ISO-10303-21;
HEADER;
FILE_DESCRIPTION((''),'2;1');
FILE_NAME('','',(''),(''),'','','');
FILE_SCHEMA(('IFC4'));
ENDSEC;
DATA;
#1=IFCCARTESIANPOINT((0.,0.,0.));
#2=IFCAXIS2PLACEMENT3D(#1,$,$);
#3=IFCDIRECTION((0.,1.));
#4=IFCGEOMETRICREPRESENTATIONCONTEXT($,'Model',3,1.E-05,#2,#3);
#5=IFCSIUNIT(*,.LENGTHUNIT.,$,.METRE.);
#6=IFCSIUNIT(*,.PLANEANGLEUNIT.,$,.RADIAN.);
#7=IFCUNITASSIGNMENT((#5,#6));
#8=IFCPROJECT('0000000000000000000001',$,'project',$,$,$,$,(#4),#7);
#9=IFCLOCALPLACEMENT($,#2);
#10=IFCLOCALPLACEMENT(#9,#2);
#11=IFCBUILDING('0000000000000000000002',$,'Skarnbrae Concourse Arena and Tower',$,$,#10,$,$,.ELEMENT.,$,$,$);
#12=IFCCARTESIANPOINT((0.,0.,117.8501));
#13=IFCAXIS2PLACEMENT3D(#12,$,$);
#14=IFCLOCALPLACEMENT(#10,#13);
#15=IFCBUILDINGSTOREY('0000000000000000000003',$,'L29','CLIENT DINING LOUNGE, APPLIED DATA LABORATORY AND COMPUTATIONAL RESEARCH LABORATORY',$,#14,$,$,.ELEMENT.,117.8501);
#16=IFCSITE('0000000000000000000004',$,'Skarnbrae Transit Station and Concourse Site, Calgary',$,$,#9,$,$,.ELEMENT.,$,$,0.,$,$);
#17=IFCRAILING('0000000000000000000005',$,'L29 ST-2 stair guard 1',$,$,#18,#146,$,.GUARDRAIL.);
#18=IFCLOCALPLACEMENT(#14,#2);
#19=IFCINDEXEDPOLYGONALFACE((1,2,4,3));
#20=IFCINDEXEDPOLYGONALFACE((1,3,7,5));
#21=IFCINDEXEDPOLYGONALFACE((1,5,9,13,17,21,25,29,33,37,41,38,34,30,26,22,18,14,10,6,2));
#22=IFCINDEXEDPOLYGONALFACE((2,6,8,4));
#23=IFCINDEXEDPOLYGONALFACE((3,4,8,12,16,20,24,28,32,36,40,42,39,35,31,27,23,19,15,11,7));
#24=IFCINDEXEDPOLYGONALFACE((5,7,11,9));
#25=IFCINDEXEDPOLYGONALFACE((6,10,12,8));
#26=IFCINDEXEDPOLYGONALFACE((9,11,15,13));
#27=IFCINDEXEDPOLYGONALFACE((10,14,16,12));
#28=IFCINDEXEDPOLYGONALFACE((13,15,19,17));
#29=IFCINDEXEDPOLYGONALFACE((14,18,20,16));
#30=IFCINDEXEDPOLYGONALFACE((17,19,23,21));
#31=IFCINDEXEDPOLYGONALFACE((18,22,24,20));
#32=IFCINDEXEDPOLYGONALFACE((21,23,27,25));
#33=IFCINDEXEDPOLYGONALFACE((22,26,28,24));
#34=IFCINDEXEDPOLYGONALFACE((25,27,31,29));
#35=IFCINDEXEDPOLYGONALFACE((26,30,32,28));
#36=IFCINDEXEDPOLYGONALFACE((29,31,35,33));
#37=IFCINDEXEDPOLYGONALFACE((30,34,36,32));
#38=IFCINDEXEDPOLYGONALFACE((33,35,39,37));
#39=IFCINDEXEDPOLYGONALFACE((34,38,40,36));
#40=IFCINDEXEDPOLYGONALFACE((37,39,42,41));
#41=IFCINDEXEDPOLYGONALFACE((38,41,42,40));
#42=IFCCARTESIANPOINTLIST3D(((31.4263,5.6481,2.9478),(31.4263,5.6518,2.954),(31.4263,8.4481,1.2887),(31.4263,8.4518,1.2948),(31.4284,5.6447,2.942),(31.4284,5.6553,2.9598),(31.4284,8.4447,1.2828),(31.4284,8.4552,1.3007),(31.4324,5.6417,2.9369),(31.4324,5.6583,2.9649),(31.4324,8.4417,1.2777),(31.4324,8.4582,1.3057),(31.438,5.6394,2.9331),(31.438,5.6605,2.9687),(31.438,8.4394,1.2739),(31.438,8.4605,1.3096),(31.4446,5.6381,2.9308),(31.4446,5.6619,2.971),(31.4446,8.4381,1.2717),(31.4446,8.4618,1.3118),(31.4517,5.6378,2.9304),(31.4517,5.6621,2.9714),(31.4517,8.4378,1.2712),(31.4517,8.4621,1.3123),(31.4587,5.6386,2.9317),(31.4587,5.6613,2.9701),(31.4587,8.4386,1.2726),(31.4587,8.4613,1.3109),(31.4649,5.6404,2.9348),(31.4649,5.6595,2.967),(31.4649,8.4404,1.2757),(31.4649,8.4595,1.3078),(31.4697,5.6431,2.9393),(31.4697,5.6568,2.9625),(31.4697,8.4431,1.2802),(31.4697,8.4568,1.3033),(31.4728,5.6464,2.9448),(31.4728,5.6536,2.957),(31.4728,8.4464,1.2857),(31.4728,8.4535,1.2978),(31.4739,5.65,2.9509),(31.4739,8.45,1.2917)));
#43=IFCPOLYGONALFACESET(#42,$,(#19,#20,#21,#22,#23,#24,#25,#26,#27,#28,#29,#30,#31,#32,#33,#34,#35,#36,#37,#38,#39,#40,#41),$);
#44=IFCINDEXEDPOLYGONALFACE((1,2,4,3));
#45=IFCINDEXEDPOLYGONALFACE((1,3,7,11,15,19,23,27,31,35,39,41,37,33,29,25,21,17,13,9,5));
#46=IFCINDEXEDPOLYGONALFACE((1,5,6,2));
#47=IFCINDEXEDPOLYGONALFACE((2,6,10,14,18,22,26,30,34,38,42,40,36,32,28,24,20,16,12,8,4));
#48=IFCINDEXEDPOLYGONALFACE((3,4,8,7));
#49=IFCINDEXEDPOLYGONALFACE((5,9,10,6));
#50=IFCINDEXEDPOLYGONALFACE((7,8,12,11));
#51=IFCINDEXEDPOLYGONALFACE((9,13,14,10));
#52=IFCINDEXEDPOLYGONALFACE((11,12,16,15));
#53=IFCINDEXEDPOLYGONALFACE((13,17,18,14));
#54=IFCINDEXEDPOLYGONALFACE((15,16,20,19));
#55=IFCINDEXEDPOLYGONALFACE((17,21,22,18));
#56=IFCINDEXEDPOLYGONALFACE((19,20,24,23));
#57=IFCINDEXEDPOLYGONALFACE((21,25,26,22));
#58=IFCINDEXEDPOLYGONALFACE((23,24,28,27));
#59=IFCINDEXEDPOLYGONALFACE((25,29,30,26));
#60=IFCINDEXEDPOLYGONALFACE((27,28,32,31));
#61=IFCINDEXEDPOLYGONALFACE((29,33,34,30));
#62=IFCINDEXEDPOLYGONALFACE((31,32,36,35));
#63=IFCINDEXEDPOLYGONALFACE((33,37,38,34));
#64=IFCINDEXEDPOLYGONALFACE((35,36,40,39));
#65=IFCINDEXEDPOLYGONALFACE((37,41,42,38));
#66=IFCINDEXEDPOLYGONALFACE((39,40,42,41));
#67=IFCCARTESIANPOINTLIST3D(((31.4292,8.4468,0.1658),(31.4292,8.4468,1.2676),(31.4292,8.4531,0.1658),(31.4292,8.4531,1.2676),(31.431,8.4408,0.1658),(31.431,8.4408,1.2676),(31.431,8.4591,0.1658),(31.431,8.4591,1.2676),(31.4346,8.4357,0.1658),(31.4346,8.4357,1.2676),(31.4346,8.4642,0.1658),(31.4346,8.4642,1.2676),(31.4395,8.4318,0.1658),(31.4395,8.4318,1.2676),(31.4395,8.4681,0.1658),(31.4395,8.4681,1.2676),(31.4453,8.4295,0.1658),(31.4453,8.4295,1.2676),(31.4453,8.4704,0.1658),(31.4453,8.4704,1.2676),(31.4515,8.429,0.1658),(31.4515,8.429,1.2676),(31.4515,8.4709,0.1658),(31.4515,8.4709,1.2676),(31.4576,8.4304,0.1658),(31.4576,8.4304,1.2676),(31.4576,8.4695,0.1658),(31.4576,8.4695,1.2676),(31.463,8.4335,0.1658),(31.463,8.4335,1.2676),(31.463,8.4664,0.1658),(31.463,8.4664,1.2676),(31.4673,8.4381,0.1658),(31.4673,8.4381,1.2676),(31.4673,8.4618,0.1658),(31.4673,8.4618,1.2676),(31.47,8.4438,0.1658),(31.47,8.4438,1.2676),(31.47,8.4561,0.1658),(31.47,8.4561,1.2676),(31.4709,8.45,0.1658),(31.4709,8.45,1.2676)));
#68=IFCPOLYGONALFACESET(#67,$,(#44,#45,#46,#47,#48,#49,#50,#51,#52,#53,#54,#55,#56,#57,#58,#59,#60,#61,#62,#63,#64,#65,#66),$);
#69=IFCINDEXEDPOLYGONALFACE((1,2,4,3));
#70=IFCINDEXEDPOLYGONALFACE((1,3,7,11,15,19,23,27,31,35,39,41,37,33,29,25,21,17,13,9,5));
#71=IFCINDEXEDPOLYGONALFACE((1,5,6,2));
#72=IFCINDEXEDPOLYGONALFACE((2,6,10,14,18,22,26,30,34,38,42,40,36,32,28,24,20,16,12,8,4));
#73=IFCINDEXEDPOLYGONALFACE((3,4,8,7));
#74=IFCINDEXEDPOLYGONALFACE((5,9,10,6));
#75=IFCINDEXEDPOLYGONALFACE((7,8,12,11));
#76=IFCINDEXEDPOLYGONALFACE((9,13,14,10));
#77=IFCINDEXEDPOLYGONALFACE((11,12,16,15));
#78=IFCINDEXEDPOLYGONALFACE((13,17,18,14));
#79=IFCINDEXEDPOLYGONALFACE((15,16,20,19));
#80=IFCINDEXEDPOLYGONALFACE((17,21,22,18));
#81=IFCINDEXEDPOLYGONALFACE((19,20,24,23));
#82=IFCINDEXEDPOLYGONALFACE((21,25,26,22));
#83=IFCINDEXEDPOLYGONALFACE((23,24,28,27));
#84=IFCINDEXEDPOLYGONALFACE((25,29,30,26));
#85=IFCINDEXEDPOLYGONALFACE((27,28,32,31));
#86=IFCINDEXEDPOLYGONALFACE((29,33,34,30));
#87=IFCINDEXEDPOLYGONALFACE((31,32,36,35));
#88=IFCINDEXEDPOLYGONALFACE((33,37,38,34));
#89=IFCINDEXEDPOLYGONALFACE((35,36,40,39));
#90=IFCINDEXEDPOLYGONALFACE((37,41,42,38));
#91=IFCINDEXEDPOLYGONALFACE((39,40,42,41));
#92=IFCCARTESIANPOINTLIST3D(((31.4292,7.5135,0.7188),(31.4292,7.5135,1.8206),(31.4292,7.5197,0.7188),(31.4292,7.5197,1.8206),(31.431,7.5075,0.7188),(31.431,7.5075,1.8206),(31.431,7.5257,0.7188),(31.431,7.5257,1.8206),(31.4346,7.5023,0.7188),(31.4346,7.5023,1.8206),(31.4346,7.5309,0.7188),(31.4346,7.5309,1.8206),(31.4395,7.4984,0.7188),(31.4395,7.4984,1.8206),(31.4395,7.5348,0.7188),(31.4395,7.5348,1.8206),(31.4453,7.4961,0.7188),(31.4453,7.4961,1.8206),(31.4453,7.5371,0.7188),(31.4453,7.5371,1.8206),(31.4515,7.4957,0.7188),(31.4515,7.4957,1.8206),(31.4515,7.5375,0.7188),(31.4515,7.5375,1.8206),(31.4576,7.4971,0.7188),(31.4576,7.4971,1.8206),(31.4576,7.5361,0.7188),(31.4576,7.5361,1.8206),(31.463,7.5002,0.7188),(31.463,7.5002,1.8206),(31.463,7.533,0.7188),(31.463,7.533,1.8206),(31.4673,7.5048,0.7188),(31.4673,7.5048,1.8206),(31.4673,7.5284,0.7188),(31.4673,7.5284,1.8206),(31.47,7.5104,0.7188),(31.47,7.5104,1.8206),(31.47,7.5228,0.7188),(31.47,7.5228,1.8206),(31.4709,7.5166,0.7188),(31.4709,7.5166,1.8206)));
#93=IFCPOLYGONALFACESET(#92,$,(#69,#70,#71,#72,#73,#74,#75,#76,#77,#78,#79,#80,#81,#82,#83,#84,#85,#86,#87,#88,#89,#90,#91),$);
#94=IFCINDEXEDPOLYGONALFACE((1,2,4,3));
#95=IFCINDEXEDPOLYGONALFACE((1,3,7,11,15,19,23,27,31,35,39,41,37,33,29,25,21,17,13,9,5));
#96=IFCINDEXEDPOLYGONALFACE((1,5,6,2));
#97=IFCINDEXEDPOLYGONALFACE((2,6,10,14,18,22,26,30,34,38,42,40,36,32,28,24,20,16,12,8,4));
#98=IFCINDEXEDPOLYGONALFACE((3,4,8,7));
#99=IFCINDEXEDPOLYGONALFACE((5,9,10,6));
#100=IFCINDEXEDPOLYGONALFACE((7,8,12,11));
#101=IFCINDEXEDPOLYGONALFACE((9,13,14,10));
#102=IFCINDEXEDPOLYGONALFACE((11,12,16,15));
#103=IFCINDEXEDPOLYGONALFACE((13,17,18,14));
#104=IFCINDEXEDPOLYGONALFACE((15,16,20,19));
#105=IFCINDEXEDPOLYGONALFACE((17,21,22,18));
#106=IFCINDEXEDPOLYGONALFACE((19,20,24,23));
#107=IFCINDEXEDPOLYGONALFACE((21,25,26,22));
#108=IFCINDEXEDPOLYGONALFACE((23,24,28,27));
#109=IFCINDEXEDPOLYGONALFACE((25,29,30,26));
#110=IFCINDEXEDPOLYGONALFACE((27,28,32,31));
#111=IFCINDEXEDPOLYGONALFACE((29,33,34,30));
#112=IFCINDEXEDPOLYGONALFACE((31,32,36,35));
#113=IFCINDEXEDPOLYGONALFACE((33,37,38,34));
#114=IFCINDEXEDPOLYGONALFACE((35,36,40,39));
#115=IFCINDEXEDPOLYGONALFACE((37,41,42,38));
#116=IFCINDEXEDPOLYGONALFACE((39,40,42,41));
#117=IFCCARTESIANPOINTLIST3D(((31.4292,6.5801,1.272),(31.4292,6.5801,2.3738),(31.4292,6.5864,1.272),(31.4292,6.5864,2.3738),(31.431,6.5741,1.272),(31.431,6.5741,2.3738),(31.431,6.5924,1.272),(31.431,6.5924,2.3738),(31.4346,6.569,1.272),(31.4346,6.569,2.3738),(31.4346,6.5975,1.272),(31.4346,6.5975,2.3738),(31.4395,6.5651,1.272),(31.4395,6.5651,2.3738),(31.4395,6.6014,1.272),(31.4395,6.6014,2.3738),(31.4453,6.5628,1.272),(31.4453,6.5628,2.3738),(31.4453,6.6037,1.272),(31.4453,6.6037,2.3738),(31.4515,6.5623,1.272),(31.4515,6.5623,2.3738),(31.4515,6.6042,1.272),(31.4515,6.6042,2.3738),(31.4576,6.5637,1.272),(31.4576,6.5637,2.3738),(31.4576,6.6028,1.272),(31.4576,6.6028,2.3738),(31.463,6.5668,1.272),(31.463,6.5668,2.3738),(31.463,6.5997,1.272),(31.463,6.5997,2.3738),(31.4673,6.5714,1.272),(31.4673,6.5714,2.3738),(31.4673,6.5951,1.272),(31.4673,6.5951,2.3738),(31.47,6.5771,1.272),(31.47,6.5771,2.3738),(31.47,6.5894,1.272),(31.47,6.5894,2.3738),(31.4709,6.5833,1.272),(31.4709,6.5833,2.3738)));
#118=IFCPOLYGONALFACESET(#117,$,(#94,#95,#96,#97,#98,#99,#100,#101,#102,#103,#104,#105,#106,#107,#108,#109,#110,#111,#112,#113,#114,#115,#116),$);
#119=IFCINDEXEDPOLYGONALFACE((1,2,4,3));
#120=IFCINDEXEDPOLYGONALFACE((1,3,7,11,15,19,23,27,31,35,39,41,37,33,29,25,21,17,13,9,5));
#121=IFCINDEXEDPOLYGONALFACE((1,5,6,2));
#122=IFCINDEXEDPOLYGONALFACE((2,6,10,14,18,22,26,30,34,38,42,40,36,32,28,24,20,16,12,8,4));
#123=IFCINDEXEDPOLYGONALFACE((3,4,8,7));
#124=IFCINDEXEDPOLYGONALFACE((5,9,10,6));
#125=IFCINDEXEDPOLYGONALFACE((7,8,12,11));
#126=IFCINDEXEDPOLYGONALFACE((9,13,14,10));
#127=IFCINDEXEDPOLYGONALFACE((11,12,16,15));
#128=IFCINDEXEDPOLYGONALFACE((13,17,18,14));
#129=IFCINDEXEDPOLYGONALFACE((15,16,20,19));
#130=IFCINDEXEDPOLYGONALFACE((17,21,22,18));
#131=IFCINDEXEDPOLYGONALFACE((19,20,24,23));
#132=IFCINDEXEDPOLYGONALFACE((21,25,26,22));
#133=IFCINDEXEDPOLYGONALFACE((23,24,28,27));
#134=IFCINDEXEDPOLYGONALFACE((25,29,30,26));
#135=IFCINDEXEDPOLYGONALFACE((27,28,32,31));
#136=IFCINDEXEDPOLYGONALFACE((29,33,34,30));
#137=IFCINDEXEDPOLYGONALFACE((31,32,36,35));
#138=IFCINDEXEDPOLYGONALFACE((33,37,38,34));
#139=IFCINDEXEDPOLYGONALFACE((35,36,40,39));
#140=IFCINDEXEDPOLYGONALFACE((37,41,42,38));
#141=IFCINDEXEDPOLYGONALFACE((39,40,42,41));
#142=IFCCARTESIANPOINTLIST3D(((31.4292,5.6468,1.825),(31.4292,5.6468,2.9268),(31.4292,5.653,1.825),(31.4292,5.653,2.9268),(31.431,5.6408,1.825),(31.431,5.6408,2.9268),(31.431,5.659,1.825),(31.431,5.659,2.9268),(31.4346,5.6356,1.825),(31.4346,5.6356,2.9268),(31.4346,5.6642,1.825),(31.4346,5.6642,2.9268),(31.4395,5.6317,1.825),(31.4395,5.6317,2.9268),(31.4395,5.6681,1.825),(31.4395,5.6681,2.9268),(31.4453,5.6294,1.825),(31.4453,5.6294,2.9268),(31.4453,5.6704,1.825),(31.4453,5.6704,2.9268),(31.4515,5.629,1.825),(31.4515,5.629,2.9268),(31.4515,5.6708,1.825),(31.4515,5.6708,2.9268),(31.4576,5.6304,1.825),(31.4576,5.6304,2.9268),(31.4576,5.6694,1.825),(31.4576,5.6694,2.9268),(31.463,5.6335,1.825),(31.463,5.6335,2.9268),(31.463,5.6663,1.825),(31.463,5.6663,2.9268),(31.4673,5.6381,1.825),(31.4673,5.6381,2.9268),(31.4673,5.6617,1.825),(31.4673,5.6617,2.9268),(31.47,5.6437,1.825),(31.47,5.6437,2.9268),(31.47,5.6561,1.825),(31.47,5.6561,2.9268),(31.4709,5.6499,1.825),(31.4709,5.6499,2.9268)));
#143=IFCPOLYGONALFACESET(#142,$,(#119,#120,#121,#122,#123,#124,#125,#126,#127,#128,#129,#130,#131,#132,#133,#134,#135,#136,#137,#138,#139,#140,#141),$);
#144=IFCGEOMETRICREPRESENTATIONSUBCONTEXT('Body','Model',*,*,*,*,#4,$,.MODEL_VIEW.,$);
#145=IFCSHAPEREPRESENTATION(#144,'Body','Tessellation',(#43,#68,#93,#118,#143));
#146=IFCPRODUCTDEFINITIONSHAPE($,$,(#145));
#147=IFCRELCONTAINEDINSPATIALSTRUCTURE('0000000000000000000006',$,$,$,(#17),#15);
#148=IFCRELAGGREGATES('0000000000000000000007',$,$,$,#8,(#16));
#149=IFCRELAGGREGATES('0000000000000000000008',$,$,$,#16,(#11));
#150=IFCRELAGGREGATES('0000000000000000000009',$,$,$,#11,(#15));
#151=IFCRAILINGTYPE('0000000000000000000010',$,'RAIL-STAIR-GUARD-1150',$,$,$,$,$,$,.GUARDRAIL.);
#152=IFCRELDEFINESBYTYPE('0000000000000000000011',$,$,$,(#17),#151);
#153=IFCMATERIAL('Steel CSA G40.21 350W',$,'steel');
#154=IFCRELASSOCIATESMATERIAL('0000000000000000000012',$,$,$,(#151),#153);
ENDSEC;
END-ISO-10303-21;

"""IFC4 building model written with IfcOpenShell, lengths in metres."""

from ifc_helpers import new_model, si_unit, direction, frame, origin, origin_2d, place, context, subcontext, project, spatial, circle, extrude, material, type_object, element, save


model = new_model("IFC4")

# Units and contexts
model_context = context("Model", 3, precision=1e-05, world=origin(), true_north=direction((0.0, 1.0)))
body_context = subcontext(model_context, "Body", "Model", "MODEL_VIEW")
ifc_project = project(units=[si_unit("LENGTHUNIT", "METRE"), si_unit("PLANEANGLEUNIT", "RADIAN")], contexts=[model_context])

# Site, building, storey
site_placement = place(None, origin())
site = spatial("IfcSite", under=ifc_project, at=site_placement, Name="Skarnbrae Transit Station and Concourse Site, Calgary", CompositionType="ELEMENT", RefElevation=0.0)
building_placement = place(site_placement, origin())
building = spatial("IfcBuilding", under=site, at=building_placement, Name="Skarnbrae Concourse Arena and Tower", CompositionType="ELEMENT")
storey_placement = place(building_placement, frame((0.0, 0.0, 117.8501)))
storey = spatial("IfcBuildingStorey", under=building, at=storey_placement, Name="L29", Description="CLIENT DINING LOUNGE, APPLIED DATA LABORATORY AND COMPUTATIONAL RESEARCH LABORATORY", CompositionType="ELEMENT", Elevation=117.8501)

# Shared definitions
ifc_material_1 = material(Name="Steel CSA G40.21 350W", Category="steel")

# Railing
railing_type_1 = type_object("IfcRailingType", Name="RAIL-STAIR-GUARD-1150", PredefinedType="GUARDRAIL", material=ifc_material_1)
railing_1_placement = place(storey_placement, frame((31.45, 8.45, 0.1658)))
element("IfcRailing", 1, at=railing_1_placement, inside=storey, type_object=railing_type_1, Name="L29 ST-2 stair guard 1", PredefinedType="GUARDRAIL", context=body_context, shape_type="SweptSolid", body=[
    extrude(circle(Radius=0.0239, at=origin_2d()), frame((0.0, 0.0, 1.126), z_axis=(0.0, -0.860306, 0.509778), x_axis=(1.0, 0.0, 0.0)), (0.0, 0.0, 1.0), 3.2546),
    extrude(circle(Radius=0.021, at=origin_2d()), origin(), (0.0, 0.0, 1.0), 1.1018),
    extrude(circle(Radius=0.021, at=origin_2d()), frame((0.0, -0.9333, 0.553)), (0.0, 0.0, 1.0), 1.1018),
    extrude(circle(Radius=0.021, at=origin_2d()), frame((0.0, -1.8667, 1.1062)), (0.0, 0.0, 1.0), 1.1018),
    extrude(circle(Radius=0.021, at=origin_2d()), frame((0.0, -2.8, 1.6592)), (0.0, 0.0, 1.0), 1.1018),
])

save(model, "model.ifc")
